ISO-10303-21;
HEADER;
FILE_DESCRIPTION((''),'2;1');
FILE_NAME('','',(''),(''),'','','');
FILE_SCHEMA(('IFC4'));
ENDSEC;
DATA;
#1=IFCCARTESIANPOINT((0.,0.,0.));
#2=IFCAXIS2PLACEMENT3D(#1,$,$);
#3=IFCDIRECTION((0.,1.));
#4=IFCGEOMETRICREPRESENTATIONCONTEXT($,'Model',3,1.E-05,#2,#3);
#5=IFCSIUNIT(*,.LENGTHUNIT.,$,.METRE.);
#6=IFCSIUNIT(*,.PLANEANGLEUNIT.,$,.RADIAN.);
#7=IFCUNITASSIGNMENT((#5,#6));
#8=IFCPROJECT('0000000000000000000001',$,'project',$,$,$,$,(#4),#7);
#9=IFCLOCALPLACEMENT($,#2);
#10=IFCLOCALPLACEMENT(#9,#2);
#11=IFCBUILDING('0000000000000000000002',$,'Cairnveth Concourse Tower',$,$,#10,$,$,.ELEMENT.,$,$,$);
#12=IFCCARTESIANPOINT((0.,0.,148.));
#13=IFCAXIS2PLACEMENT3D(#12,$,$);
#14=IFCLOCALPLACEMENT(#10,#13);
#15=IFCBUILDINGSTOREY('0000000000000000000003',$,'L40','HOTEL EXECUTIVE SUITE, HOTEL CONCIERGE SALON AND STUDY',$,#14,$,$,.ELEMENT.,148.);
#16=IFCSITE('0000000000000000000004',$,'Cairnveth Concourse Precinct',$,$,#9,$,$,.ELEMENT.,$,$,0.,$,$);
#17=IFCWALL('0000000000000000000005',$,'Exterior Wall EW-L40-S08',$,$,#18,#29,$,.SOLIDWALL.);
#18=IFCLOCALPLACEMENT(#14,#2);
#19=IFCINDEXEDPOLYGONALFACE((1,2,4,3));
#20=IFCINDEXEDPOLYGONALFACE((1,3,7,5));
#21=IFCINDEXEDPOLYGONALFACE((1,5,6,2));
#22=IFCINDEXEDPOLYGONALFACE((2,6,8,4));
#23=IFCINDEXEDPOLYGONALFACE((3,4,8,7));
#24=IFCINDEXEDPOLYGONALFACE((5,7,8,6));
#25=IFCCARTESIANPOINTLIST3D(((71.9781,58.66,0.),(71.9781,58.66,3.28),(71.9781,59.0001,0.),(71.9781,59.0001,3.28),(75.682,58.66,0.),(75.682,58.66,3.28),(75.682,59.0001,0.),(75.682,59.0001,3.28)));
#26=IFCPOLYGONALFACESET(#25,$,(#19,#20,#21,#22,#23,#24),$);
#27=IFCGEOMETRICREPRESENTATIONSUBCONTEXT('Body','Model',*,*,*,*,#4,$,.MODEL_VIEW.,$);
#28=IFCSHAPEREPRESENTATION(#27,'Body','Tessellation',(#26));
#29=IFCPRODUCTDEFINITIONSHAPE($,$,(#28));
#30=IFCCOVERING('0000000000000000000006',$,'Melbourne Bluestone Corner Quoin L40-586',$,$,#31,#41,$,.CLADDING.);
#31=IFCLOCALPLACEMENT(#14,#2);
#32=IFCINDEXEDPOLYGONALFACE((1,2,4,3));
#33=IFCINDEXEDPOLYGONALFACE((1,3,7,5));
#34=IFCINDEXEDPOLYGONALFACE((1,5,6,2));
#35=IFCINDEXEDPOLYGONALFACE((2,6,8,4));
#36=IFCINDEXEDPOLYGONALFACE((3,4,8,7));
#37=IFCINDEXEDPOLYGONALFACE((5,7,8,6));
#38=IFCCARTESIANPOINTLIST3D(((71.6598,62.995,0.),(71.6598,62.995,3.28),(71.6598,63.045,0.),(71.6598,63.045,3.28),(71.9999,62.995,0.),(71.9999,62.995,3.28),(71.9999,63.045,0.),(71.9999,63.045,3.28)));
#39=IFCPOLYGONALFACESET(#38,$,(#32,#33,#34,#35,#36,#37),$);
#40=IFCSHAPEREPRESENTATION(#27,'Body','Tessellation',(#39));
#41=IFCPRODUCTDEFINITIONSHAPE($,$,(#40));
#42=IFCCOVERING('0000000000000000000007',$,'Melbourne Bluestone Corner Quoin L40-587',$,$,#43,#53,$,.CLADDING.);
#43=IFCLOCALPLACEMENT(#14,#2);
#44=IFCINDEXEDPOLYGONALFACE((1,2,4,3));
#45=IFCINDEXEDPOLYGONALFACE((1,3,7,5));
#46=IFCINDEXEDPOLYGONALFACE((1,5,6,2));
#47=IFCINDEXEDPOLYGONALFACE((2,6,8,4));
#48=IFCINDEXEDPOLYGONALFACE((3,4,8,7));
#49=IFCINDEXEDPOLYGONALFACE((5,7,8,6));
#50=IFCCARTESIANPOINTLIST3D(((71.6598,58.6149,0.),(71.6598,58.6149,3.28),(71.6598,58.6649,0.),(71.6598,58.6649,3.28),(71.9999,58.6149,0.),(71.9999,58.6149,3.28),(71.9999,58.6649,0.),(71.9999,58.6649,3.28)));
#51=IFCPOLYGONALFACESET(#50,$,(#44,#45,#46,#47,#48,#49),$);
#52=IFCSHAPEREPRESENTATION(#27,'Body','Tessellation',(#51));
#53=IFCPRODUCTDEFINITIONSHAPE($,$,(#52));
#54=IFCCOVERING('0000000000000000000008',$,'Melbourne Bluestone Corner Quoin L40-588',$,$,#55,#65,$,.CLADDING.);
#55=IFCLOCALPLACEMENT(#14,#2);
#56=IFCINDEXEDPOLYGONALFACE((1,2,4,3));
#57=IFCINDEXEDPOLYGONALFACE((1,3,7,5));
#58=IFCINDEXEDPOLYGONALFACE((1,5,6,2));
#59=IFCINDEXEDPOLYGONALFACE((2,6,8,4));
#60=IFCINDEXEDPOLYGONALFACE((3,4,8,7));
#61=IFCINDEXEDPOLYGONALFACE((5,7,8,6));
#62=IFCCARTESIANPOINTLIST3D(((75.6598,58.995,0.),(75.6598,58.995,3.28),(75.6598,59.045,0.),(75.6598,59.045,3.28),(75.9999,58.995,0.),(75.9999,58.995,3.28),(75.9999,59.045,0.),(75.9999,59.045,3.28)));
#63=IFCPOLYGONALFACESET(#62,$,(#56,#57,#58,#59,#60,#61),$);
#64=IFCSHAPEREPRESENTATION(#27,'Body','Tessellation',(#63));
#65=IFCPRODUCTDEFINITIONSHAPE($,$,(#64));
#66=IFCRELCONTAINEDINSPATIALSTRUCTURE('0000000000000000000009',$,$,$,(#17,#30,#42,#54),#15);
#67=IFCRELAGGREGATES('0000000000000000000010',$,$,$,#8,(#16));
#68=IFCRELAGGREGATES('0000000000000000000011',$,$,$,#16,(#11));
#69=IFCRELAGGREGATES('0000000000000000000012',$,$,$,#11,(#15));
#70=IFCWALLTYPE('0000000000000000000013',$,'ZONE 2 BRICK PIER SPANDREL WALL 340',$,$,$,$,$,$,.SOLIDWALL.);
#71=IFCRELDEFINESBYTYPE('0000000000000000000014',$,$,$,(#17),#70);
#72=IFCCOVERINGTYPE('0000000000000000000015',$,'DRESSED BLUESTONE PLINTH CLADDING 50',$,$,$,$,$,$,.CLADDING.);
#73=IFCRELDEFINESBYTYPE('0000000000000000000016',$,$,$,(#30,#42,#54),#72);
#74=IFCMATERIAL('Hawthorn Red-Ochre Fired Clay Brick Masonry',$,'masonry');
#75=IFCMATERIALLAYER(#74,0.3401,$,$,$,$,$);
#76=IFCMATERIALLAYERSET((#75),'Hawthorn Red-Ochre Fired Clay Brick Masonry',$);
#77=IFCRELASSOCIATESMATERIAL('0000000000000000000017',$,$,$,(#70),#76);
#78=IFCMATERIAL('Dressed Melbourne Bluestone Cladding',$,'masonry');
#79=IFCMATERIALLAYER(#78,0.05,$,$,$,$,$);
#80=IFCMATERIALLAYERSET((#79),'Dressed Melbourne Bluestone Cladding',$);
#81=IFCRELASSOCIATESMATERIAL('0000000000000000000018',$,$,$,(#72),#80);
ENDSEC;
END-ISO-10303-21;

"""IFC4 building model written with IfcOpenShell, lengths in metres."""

from ifc_helpers import new_model, si_unit, direction, frame, frame_2d, origin, place, context, subcontext, project, spatial, rectangle, extrude, material, layer, layer_set, type_object, element, save


model = new_model("IFC4")

# Units and contexts
model_context = context("Model", 3, precision=1e-05, world=origin(), true_north=direction((0.0, 1.0)))
body_context = subcontext(model_context, "Body", "Model", "MODEL_VIEW")
ifc_project = project(units=[si_unit("LENGTHUNIT", "METRE"), si_unit("PLANEANGLEUNIT", "RADIAN")], contexts=[model_context])

# Site, building, storey
site_placement = place(None, origin())
site = spatial("IfcSite", under=ifc_project, at=site_placement, Name="Cairnveth Concourse Precinct", CompositionType="ELEMENT", RefElevation=0.0)
building_placement = place(site_placement, origin())
building = spatial("IfcBuilding", under=site, at=building_placement, Name="Cairnveth Concourse Tower", CompositionType="ELEMENT")
storey_placement = place(building_placement, frame((0.0, 0.0, 148.0)))
storey = spatial("IfcBuildingStorey", under=building, at=storey_placement, Name="L40", Description="HOTEL EXECUTIVE SUITE, HOTEL CONCIERGE SALON AND STUDY", CompositionType="ELEMENT", Elevation=148.0)

# Wall
ifc_material_1 = material(Name="Hawthorn Red-Ochre Fired Clay Brick Masonry", Category="masonry")
ifc_layer_1 = layer(ifc_material_1, 0.3401)
ifc_layer_set_1 = layer_set([ifc_layer_1], Name="Hawthorn Red-Ochre Fired Clay Brick Masonry")
wall_type = type_object("IfcWallType", Name="ZONE 2 BRICK PIER SPANDREL WALL 340", PredefinedType="SOLIDWALL", material=ifc_layer_set_1)
wall_1_placement = place(storey_placement, frame((71.978, 58.8301, 0.0), z_axis=(0.0, 0.0, 1.0), x_axis=(1.0, 0.0, 0.0)))
element("IfcWall", 1, at=wall_1_placement, inside=storey, type_object=wall_type, Name="Exterior Wall EW-L40-S08", PredefinedType="SOLIDWALL", context=body_context, shape_type="SweptSolid", body=[
    extrude(rectangle(XDim=3.7039, YDim=0.3401, at=frame_2d((1.8521, 0.0))), origin(), (0.0, 0.0, 1.0), 3.28),
])

# Coverings
ifc_material_2 = material(Name="Dressed Melbourne Bluestone Cladding", Category="masonry")
ifc_layer_2 = layer(ifc_material_2, 0.05)
ifc_layer_set_2 = layer_set([ifc_layer_2], Name="Dressed Melbourne Bluestone Cladding")
covering_type = type_object("IfcCoveringType", Name="DRESSED BLUESTONE PLINTH CLADDING 50", PredefinedType="CLADDING", material=ifc_layer_set_2)
for number, where, z_axis, x_axis, name in (
    (2, (71.6599, 63.02, 0.0), (0.0, 0.0, 1.0), (1.0, 0.0, 0.0), "Melbourne Bluestone Corner Quoin L40-586"),
    (3, (71.6599, 58.6399, 0.0), (0.0, 0.0, 1.0), (1.0, 0.0, 0.0), "Melbourne Bluestone Corner Quoin L40-587"),
    (4, (75.6599, 59.02, 0.0), (0.0, 0.0, 1.0), (1.0, 0.0, 0.0), "Melbourne Bluestone Corner Quoin L40-588"),
):
    element("IfcCovering", number, at=place(storey_placement, frame(where, z_axis=z_axis, x_axis=x_axis)), inside=storey, type_object=covering_type, Name=name, PredefinedType="CLADDING", context=body_context, shape_type="SweptSolid", body=[
        extrude(rectangle(XDim=0.3401, YDim=0.05, at=frame_2d((0.1699, 0.0))), origin(), (0.0, 0.0, 1.0), 3.28),
    ])

save(model, "model.ifc")
